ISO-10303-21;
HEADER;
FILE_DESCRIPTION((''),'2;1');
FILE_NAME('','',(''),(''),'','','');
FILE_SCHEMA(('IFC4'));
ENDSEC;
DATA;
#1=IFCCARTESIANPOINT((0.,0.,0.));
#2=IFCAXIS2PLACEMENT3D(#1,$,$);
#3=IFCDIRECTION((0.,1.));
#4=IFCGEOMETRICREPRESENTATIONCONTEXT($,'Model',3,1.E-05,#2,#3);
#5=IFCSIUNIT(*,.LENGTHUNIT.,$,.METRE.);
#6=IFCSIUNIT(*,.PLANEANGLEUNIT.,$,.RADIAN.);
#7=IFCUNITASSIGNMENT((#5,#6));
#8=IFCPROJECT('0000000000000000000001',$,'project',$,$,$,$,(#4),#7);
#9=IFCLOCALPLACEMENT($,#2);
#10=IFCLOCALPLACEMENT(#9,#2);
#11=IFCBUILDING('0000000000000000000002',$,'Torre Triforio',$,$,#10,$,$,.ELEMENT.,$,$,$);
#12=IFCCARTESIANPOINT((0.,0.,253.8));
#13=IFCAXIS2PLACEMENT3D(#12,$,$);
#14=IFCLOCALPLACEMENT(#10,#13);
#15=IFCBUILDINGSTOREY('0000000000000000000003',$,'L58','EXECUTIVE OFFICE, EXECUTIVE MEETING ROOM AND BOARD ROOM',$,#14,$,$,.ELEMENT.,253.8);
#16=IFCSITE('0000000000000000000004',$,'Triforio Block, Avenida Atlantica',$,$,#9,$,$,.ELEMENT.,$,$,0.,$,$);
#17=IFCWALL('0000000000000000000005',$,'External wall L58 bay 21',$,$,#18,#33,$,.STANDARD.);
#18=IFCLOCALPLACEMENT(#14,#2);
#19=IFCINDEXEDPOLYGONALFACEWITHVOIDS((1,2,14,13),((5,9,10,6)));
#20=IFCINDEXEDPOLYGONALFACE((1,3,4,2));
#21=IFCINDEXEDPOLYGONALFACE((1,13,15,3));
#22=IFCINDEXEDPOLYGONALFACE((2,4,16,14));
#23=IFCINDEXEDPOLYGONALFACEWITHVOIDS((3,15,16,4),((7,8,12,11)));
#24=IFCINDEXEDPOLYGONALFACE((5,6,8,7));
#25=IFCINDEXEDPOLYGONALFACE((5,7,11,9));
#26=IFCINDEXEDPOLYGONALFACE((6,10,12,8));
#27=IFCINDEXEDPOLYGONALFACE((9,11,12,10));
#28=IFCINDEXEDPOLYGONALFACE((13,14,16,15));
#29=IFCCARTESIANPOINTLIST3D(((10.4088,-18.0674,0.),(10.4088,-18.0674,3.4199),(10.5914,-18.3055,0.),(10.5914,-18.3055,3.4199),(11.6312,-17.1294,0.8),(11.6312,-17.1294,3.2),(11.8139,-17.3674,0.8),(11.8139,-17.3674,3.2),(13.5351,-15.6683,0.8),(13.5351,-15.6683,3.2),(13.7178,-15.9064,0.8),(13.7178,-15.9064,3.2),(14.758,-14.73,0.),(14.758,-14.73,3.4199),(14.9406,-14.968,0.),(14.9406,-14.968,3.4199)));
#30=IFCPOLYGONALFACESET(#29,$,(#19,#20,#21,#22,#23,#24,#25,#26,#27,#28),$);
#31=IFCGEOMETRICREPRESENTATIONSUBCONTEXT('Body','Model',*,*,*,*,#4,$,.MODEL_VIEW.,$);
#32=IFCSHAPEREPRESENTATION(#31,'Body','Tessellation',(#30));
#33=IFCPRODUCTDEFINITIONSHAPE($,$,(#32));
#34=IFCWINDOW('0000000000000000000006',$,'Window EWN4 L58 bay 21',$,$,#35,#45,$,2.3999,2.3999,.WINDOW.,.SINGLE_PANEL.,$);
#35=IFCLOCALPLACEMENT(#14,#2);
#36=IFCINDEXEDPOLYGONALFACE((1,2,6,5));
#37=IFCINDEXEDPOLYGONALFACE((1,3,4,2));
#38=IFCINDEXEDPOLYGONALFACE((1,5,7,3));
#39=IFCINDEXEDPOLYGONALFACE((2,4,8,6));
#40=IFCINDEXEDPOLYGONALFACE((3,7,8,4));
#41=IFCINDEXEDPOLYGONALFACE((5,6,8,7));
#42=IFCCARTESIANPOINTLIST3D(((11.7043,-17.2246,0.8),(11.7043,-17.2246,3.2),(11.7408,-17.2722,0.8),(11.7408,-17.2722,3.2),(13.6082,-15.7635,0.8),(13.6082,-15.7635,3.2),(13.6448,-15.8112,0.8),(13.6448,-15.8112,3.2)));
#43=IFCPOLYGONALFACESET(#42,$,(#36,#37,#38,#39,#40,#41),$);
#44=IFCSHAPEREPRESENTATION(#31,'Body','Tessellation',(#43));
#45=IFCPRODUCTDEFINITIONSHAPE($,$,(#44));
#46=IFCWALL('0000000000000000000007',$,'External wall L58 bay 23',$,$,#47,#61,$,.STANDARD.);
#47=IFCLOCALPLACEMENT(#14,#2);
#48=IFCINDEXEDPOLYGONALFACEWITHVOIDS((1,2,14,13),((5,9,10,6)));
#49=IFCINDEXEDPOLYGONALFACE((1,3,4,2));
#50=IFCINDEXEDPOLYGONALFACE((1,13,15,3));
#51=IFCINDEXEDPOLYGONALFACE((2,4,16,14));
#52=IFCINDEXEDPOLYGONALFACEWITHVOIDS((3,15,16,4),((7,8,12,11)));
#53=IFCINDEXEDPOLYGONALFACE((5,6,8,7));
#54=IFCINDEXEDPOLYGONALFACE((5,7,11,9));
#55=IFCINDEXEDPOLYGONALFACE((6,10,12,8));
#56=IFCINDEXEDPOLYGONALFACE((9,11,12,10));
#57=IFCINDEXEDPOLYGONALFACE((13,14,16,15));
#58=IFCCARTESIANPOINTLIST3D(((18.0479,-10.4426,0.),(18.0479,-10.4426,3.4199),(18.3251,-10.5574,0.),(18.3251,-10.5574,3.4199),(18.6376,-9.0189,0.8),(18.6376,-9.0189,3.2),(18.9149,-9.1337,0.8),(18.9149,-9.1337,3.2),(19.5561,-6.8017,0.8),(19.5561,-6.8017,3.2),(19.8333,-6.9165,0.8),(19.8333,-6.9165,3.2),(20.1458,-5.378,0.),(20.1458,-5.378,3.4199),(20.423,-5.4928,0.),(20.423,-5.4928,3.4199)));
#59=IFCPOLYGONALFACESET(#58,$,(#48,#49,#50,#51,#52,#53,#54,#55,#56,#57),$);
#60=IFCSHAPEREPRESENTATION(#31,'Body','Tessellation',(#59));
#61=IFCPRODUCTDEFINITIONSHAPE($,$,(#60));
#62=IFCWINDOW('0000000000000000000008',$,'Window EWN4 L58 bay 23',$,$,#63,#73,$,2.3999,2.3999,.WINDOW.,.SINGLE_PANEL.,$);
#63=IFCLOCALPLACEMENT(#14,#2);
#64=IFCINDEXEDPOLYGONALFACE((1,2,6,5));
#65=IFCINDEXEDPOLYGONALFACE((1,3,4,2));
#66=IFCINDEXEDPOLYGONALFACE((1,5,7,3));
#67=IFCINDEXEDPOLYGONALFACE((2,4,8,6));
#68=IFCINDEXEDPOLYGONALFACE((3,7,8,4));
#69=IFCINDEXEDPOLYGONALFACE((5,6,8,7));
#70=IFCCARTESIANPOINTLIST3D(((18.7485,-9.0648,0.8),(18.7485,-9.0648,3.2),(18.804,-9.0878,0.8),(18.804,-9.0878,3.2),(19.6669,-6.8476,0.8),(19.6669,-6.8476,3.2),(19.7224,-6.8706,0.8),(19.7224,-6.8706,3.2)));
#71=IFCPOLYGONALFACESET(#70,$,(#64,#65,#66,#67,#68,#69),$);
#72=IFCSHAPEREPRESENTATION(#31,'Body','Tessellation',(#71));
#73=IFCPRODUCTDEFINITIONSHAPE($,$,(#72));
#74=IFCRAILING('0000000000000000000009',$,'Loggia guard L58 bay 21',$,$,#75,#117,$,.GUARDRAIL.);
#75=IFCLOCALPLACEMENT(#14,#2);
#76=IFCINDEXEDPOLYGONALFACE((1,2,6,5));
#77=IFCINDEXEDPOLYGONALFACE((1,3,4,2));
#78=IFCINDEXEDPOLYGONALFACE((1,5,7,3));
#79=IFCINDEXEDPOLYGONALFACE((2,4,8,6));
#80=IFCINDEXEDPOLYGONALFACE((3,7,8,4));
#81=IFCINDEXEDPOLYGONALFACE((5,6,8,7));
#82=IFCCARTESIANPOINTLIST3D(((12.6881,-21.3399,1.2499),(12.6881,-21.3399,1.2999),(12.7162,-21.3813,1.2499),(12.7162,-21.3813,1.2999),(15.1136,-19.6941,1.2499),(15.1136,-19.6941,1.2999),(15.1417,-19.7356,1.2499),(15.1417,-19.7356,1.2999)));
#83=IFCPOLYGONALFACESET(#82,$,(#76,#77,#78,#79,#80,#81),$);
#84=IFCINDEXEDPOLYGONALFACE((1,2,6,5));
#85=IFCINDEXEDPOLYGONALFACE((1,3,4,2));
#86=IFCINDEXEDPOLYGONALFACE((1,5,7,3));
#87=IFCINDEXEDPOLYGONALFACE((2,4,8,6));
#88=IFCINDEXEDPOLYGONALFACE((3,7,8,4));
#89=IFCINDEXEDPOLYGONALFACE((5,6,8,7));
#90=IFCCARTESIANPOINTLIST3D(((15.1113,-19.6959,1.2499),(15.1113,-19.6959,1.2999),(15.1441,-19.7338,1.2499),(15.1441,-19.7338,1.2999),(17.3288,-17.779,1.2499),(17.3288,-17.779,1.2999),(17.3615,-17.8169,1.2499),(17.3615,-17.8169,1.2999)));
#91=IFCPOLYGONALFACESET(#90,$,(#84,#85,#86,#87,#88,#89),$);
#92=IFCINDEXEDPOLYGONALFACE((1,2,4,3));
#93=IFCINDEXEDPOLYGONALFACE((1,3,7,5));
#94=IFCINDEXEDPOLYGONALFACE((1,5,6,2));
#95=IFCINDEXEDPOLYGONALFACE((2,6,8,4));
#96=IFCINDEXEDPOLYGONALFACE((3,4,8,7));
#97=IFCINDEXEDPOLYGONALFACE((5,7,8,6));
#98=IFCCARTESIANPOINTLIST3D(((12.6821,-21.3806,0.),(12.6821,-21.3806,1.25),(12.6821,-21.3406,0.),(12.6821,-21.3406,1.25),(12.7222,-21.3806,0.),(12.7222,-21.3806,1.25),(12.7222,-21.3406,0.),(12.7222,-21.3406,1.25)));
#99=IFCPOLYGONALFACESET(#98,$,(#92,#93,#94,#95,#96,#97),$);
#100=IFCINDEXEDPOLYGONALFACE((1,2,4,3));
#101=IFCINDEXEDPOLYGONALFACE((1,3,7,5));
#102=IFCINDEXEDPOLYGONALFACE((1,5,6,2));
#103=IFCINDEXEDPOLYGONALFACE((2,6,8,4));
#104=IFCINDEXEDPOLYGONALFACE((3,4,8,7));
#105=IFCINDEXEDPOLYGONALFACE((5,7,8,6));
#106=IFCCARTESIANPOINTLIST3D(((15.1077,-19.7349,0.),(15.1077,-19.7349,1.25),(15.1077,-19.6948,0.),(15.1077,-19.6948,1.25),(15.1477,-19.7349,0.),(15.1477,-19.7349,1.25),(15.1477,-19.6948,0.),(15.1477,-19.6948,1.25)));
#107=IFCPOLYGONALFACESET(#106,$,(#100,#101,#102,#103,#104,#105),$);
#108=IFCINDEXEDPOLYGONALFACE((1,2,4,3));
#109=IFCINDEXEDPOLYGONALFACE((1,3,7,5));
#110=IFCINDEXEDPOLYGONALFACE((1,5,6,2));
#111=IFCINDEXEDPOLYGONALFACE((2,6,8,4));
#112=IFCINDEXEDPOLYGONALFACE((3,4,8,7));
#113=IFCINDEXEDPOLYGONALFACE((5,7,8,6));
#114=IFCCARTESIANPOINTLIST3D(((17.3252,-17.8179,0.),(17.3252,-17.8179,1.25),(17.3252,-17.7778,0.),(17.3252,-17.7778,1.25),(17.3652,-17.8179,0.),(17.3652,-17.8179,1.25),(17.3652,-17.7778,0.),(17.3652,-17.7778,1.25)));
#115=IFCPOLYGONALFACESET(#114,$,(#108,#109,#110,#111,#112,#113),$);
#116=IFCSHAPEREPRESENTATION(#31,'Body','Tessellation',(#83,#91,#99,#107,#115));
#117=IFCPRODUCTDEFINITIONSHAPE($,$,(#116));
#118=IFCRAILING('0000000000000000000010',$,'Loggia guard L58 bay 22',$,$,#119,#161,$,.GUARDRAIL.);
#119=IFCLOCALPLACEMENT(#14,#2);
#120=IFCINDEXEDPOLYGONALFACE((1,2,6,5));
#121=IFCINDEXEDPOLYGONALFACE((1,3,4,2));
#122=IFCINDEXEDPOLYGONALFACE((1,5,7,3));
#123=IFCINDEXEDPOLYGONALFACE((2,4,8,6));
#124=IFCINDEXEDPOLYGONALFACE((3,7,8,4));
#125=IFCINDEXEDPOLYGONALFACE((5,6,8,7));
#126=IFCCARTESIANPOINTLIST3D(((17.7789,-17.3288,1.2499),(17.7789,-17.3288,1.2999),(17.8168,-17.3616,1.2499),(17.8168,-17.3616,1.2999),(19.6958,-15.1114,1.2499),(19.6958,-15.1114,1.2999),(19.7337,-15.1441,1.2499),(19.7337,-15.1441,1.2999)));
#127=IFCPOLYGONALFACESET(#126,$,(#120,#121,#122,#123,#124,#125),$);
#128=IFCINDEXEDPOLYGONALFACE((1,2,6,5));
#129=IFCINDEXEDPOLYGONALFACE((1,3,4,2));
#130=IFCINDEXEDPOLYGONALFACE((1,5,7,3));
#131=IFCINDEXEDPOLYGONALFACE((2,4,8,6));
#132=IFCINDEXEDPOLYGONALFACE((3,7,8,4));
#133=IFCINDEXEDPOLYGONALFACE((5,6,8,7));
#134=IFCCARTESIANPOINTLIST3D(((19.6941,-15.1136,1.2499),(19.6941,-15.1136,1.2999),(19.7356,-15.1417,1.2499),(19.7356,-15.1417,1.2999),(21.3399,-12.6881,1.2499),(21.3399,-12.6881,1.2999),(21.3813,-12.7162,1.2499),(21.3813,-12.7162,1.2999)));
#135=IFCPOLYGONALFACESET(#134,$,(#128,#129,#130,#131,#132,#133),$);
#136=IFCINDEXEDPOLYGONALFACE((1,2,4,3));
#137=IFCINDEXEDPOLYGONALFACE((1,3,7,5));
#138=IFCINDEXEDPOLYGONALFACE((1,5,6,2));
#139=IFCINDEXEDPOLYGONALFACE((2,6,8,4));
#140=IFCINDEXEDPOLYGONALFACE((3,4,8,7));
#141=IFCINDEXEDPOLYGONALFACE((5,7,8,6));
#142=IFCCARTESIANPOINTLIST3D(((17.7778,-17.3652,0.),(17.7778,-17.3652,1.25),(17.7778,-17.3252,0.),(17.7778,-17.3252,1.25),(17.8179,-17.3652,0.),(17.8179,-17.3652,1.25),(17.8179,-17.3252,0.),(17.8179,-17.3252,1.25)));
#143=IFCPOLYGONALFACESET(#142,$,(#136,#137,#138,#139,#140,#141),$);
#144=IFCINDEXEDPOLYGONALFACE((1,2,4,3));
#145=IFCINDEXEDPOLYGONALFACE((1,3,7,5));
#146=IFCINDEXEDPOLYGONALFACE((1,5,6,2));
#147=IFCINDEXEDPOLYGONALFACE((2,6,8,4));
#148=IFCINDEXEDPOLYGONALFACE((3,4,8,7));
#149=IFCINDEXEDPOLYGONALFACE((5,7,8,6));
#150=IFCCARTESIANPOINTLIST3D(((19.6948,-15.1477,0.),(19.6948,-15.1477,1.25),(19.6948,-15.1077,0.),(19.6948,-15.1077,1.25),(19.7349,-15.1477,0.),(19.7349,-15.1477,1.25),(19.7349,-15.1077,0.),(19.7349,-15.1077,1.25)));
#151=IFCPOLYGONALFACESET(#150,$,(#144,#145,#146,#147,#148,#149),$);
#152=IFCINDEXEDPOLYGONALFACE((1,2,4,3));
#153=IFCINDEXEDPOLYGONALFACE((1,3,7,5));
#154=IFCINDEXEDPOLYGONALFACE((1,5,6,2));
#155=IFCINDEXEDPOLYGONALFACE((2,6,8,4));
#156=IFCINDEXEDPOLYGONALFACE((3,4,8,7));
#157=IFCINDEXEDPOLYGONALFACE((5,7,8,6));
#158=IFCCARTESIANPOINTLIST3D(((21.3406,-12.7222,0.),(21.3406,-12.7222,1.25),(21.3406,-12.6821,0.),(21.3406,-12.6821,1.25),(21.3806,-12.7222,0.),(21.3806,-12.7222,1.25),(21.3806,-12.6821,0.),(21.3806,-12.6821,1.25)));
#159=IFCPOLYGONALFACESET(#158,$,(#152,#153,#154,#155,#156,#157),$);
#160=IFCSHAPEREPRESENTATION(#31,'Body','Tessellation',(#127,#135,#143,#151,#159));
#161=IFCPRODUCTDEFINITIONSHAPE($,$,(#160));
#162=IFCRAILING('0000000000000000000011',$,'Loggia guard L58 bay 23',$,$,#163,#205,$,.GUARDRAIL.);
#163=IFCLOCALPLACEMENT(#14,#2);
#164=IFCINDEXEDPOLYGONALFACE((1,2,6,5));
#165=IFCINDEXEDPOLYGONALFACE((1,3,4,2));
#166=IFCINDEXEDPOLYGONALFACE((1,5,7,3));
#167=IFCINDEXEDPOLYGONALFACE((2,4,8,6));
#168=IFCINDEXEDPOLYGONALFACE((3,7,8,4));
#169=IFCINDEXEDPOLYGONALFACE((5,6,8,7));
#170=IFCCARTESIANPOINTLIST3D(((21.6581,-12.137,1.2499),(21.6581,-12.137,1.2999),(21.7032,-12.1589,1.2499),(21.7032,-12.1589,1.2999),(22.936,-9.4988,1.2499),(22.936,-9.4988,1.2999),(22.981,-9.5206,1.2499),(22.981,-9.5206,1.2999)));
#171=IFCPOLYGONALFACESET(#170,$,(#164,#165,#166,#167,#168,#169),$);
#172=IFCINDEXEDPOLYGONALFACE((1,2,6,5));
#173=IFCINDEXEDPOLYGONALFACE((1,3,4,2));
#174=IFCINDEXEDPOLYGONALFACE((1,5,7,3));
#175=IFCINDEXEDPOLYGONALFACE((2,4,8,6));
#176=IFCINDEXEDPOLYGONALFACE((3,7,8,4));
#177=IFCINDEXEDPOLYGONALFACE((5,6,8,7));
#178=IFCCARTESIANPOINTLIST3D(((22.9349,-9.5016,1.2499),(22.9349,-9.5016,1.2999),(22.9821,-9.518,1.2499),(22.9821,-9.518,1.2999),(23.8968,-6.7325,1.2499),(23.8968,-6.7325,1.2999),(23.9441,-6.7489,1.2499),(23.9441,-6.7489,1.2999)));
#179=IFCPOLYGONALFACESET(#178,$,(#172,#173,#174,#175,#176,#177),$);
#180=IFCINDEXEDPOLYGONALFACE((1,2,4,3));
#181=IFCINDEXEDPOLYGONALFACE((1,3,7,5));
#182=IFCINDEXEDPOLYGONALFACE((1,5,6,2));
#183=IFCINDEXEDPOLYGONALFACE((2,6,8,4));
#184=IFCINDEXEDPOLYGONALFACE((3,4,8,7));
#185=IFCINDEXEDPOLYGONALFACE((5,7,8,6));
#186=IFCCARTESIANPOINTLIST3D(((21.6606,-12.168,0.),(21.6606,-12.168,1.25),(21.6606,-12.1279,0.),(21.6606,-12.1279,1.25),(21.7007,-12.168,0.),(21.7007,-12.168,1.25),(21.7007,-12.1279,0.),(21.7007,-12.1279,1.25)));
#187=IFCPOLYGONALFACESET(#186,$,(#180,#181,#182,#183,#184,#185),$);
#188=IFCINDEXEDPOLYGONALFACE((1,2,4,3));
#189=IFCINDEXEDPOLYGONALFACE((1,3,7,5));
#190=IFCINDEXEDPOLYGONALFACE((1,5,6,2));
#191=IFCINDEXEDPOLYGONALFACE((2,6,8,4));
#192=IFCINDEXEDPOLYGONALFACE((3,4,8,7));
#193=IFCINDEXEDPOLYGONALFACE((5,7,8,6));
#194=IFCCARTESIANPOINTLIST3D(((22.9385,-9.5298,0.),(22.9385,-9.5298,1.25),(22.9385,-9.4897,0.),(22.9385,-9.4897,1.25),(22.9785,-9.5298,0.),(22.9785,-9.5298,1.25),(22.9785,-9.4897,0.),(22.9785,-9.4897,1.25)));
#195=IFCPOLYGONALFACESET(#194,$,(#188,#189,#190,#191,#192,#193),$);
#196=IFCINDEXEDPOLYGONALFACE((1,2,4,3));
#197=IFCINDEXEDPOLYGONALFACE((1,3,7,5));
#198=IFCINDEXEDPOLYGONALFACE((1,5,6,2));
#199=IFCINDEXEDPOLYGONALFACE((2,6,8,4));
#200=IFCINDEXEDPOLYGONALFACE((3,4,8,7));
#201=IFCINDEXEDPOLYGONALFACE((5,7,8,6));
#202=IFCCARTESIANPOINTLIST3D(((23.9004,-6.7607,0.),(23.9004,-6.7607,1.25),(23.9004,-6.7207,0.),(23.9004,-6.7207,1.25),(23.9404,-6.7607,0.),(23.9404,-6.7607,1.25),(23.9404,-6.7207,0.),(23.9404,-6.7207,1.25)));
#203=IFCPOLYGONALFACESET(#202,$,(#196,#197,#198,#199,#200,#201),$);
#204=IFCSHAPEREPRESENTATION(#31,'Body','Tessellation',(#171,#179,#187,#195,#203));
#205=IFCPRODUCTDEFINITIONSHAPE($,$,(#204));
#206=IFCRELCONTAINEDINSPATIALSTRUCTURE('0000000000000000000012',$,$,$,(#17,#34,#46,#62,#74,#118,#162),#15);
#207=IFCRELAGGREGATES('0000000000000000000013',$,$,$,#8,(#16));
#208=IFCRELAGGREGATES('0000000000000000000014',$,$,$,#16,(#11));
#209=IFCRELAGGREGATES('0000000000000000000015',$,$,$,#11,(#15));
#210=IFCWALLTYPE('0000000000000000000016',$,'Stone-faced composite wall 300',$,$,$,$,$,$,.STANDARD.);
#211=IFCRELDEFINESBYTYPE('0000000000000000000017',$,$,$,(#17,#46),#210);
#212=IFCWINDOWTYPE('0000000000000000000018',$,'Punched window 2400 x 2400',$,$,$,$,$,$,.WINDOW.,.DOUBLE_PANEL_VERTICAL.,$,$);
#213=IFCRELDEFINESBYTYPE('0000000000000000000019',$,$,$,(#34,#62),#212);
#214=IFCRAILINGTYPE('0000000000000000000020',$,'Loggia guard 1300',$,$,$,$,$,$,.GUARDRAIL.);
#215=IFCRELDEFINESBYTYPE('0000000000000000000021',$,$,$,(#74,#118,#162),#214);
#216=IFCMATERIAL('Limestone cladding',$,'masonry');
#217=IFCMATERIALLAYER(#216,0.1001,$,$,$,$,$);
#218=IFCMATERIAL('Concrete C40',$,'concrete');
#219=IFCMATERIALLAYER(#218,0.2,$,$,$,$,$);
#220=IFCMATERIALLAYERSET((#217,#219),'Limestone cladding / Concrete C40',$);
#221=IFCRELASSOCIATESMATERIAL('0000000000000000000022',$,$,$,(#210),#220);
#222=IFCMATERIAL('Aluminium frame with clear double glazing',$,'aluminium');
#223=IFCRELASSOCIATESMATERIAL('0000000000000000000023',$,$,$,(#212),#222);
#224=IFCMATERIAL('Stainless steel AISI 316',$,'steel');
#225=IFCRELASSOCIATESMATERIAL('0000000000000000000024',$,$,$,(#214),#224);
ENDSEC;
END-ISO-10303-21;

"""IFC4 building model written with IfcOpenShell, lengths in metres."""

from ifc_helpers import new_model, si_unit, direction, frame, frame_2d, origin, origin_2d, place, context, subcontext, project, spatial, rectangle, extrude, material, layer, layer_set, type_object, element, fill, save


model = new_model("IFC4")

# Units and contexts
model_context = context("Model", 3, precision=1e-05, world=origin(), true_north=direction((0.0, 1.0)))
body_context = subcontext(model_context, "Body", "Model", "MODEL_VIEW")
ifc_project = project(units=[si_unit("LENGTHUNIT", "METRE"), si_unit("PLANEANGLEUNIT", "RADIAN")], contexts=[model_context])

# Site, building, storey
site_placement = place(None, origin())
site = spatial("IfcSite", under=ifc_project, at=site_placement, Name="Triforio Block, Avenida Atlantica", CompositionType="ELEMENT", RefElevation=0.0)
building_placement = place(site_placement, origin())
building = spatial("IfcBuilding", under=site, at=building_placement, Name="Torre Triforio", CompositionType="ELEMENT")
storey_placement = place(building_placement, frame((0.0, 0.0, 253.8)))
storey = spatial("IfcBuildingStorey", under=building, at=storey_placement, Name="L58", Description="EXECUTIVE OFFICE, EXECUTIVE MEETING ROOM AND BOARD ROOM", CompositionType="ELEMENT", Elevation=253.8)

# Shared definitions
ifc_material_1 = material(Name="Concrete C40", Category="concrete")

# Shared definitions
ifc_material_2 = material(Name="Limestone cladding", Category="masonry")

# Wall, opening, window
ifc_layer_1 = layer(ifc_material_2, 0.1001)
ifc_layer_2 = layer(ifc_material_1, 0.2)
ifc_layer_set_1 = layer_set([ifc_layer_1, ifc_layer_2], Name="Limestone cladding / Concrete C40")
wall_type_1 = type_object("IfcWallType", Name="Stone-faced composite wall 300", PredefinedType="STANDARD", material=ifc_layer_set_1)
wall_1_placement = place(storey_placement, frame((10.5, -18.1865, 0.0), z_axis=(0.0, 0.0, 1.0), x_axis=(0.793335, 0.608785, 0.0)))
wall_1 = element("IfcWall", 1, at=wall_1_placement, inside=storey, type_object=wall_type_1, Name="External wall L58 bay 21", PredefinedType="STANDARD", context=body_context, shape_type="SweptSolid", body=[
    extrude(rectangle(XDim=5.4822, YDim=0.3, at=frame_2d((2.7412, 0.0))), origin(), (0.0, 0.0, 1.0), 3.4199),
])
opening_1_placement = place(wall_1_placement, frame((1.541, 0.0, 0.8)))
opening_1 = element("IfcOpeningElement", 2, at=opening_1_placement, cuts=wall_1, PredefinedType="OPENING", context=body_context, shape_type="SweptSolid", body=[
    extrude(rectangle(XDim=2.3999, YDim=2.3999, at=frame_2d((1.2, 1.2))), frame((0.0, 0.1599, 0.0), z_axis=(0.0, -1.0, 0.0), x_axis=(1.0, 0.0, 0.0)), (0.0, 0.0, 1.0), 0.3201),
])
ifc_material_3 = material(Name="Aluminium frame with clear double glazing", Category="aluminium")
window_type_1 = type_object("IfcWindowType", Name="Punched window 2400 x 2400", PartitioningType="DOUBLE_PANEL_VERTICAL", PredefinedType="WINDOW", material=ifc_material_3)
window_1_placement = place(opening_1_placement, origin())
window_1 = element("IfcWindow", 3, at=window_1_placement, inside=storey, type_object=window_type_1, Name="Window EWN4 L58 bay 21", OverallHeight=2.3999, OverallWidth=2.3999, PartitioningType="SINGLE_PANEL", PredefinedType="WINDOW", context=body_context, shape_type="SweptSolid", body=[
    extrude(rectangle(XDim=2.3999, YDim=2.3999, at=frame_2d((1.2, 1.2))), frame((0.0, 0.03, 0.0), z_axis=(0.0, -1.0, 0.0), x_axis=(1.0, 0.0, 0.0)), (0.0, 0.0, 1.0), 0.0601),
])
fill(opening_1, window_1)

# Wall, opening, window
wall_2_placement = place(storey_placement, frame((18.1865, -10.5, 0.0), z_axis=(0.0, 0.0, 1.0), x_axis=(0.382689, 0.923877, 0.0)))
wall_2 = element("IfcWall", 4, at=wall_2_placement, inside=storey, type_object=wall_type_1, Name="External wall L58 bay 23", PredefinedType="STANDARD", context=body_context, shape_type="SweptSolid", body=[
    extrude(rectangle(XDim=5.4819, YDim=0.3, at=frame_2d((2.741, 0.0))), origin(), (0.0, 0.0, 1.0), 3.4199),
])
opening_2_placement = place(wall_2_placement, frame((1.541, 0.0, 0.8)))
opening_2 = element("IfcOpeningElement", 5, at=opening_2_placement, cuts=wall_2, PredefinedType="OPENING", context=body_context, shape_type="SweptSolid", body=[
    extrude(rectangle(XDim=2.3999, YDim=2.3999, at=frame_2d((1.2, 1.2))), frame((0.0, 0.1599, 0.0), z_axis=(0.0, -1.0, 0.0), x_axis=(1.0, 0.0, 0.0)), (0.0, 0.0, 1.0), 0.3201),
])
window_2_placement = place(opening_2_placement, origin())
window_2 = element("IfcWindow", 6, at=window_2_placement, inside=storey, type_object=window_type_1, Name="Window EWN4 L58 bay 23", OverallHeight=2.3999, OverallWidth=2.3999, PartitioningType="SINGLE_PANEL", PredefinedType="WINDOW", context=body_context, shape_type="SweptSolid", body=[
    extrude(rectangle(XDim=2.3999, YDim=2.3999, at=frame_2d((1.2, 1.2))), frame((0.0, 0.03, 0.0), z_axis=(0.0, -1.0, 0.0), x_axis=(1.0, 0.0, 0.0)), (0.0, 0.0, 1.0), 0.0601),
])
fill(opening_2, window_2)

# Railings
ifc_material_4 = material(Name="Stainless steel AISI 316", Category="steel")
railing_type = type_object("IfcRailingType", Name="Loggia guard 1300", PredefinedType="GUARDRAIL", material=ifc_material_4)
railing_1_placement = place(storey_placement, frame((12.7021, -21.3606, 0.0)))
element("IfcRailing", 7, at=railing_1_placement, inside=storey, type_object=railing_type, Name="Loggia guard L58 bay 21", PredefinedType="GUARDRAIL", context=body_context, shape_type="SweptSolid", body=[
    extrude(rectangle(XDim=0.05, YDim=0.05, at=origin_2d()), frame((0.0, 0.0, 1.2749), z_axis=(0.827499, 0.561467, 0.0), x_axis=(-0.561467, 0.827499, 0.0)), (0.0, 0.0, 1.0), 2.9312),
    extrude(rectangle(XDim=0.05, YDim=0.05, at=origin_2d()), frame((2.4255, 1.6458, 1.2749), z_axis=(0.75651, 0.653982, 0.0), x_axis=(-0.653982, 0.75651, 0.0)), (0.0, 0.0, 1.0), 2.9312),
    extrude(rectangle(XDim=0.04, YDim=0.04, at=origin_2d()), origin(), (0.0, 0.0, 1.0), 1.25),
    extrude(rectangle(XDim=0.04, YDim=0.04, at=origin_2d()), frame((2.4255, 1.6458, 0.0)), (0.0, 0.0, 1.0), 1.25),
    extrude(rectangle(XDim=0.04, YDim=0.04, at=origin_2d()), frame((4.6431, 3.5627, 0.0)), (0.0, 0.0, 1.0), 1.25),
])
railing_2_placement = place(storey_placement, frame((17.7979, -17.3452, 0.0)))
element("IfcRailing", 8, at=railing_2_placement, inside=storey, type_object=railing_type, Name="Loggia guard L58 bay 22", PredefinedType="GUARDRAIL", context=body_context, shape_type="SweptSolid", body=[
    extrude(rectangle(XDim=0.05, YDim=0.05, at=origin_2d()), frame((0.0, 0.0, 1.2749), z_axis=(0.653982, 0.75651, 0.0), x_axis=(-0.75651, 0.653982, 0.0)), (0.0, 0.0, 1.0), 2.9312),
    extrude(rectangle(XDim=0.05, YDim=0.05, at=origin_2d()), frame((1.917, 2.2175, 1.2749), z_axis=(0.561467, 0.827499, 0.0), x_axis=(-0.827499, 0.561467, 0.0)), (0.0, 0.0, 1.0), 2.9312),
    extrude(rectangle(XDim=0.04, YDim=0.04, at=origin_2d()), origin(), (0.0, 0.0, 1.0), 1.25),
    extrude(rectangle(XDim=0.04, YDim=0.04, at=origin_2d()), frame((1.917, 2.2175, 0.0)), (0.0, 0.0, 1.0), 1.25),
    extrude(rectangle(XDim=0.04, YDim=0.04, at=origin_2d()), frame((3.5627, 4.6431, 0.0)), (0.0, 0.0, 1.0), 1.25),
])
railing_3_placement = place(storey_placement, frame((21.6807, -12.1479, 0.0)))
element("IfcRailing", 9, at=railing_3_placement, inside=storey, type_object=railing_type, Name="Loggia guard L58 bay 23", PredefinedType="GUARDRAIL", context=body_context, shape_type="SweptSolid", body=[
    extrude(rectangle(XDim=0.05, YDim=0.05, at=origin_2d()), frame((0.0, 0.0, 1.2749), z_axis=(0.435918, 0.899986, 0.0), x_axis=(-0.899986, 0.435918, 0.0)), (0.0, 0.0, 1.0), 2.9314),
    extrude(rectangle(XDim=0.05, YDim=0.05, at=origin_2d()), frame((1.2778, 2.6382, 1.2749), z_axis=(0.328146, 0.944627, 0.0), x_axis=(-0.944627, 0.328146, 0.0)), (0.0, 0.0, 1.0), 2.9314),
    extrude(rectangle(XDim=0.04, YDim=0.04, at=origin_2d()), origin(), (0.0, 0.0, 1.0), 1.25),
    extrude(rectangle(XDim=0.04, YDim=0.04, at=origin_2d()), frame((1.2778, 2.6382, 0.0)), (0.0, 0.0, 1.0), 1.25),
    extrude(rectangle(XDim=0.04, YDim=0.04, at=origin_2d()), frame((2.2397, 5.4072, 0.0)), (0.0, 0.0, 1.0), 1.25),
])

save(model, "model.ifc")
